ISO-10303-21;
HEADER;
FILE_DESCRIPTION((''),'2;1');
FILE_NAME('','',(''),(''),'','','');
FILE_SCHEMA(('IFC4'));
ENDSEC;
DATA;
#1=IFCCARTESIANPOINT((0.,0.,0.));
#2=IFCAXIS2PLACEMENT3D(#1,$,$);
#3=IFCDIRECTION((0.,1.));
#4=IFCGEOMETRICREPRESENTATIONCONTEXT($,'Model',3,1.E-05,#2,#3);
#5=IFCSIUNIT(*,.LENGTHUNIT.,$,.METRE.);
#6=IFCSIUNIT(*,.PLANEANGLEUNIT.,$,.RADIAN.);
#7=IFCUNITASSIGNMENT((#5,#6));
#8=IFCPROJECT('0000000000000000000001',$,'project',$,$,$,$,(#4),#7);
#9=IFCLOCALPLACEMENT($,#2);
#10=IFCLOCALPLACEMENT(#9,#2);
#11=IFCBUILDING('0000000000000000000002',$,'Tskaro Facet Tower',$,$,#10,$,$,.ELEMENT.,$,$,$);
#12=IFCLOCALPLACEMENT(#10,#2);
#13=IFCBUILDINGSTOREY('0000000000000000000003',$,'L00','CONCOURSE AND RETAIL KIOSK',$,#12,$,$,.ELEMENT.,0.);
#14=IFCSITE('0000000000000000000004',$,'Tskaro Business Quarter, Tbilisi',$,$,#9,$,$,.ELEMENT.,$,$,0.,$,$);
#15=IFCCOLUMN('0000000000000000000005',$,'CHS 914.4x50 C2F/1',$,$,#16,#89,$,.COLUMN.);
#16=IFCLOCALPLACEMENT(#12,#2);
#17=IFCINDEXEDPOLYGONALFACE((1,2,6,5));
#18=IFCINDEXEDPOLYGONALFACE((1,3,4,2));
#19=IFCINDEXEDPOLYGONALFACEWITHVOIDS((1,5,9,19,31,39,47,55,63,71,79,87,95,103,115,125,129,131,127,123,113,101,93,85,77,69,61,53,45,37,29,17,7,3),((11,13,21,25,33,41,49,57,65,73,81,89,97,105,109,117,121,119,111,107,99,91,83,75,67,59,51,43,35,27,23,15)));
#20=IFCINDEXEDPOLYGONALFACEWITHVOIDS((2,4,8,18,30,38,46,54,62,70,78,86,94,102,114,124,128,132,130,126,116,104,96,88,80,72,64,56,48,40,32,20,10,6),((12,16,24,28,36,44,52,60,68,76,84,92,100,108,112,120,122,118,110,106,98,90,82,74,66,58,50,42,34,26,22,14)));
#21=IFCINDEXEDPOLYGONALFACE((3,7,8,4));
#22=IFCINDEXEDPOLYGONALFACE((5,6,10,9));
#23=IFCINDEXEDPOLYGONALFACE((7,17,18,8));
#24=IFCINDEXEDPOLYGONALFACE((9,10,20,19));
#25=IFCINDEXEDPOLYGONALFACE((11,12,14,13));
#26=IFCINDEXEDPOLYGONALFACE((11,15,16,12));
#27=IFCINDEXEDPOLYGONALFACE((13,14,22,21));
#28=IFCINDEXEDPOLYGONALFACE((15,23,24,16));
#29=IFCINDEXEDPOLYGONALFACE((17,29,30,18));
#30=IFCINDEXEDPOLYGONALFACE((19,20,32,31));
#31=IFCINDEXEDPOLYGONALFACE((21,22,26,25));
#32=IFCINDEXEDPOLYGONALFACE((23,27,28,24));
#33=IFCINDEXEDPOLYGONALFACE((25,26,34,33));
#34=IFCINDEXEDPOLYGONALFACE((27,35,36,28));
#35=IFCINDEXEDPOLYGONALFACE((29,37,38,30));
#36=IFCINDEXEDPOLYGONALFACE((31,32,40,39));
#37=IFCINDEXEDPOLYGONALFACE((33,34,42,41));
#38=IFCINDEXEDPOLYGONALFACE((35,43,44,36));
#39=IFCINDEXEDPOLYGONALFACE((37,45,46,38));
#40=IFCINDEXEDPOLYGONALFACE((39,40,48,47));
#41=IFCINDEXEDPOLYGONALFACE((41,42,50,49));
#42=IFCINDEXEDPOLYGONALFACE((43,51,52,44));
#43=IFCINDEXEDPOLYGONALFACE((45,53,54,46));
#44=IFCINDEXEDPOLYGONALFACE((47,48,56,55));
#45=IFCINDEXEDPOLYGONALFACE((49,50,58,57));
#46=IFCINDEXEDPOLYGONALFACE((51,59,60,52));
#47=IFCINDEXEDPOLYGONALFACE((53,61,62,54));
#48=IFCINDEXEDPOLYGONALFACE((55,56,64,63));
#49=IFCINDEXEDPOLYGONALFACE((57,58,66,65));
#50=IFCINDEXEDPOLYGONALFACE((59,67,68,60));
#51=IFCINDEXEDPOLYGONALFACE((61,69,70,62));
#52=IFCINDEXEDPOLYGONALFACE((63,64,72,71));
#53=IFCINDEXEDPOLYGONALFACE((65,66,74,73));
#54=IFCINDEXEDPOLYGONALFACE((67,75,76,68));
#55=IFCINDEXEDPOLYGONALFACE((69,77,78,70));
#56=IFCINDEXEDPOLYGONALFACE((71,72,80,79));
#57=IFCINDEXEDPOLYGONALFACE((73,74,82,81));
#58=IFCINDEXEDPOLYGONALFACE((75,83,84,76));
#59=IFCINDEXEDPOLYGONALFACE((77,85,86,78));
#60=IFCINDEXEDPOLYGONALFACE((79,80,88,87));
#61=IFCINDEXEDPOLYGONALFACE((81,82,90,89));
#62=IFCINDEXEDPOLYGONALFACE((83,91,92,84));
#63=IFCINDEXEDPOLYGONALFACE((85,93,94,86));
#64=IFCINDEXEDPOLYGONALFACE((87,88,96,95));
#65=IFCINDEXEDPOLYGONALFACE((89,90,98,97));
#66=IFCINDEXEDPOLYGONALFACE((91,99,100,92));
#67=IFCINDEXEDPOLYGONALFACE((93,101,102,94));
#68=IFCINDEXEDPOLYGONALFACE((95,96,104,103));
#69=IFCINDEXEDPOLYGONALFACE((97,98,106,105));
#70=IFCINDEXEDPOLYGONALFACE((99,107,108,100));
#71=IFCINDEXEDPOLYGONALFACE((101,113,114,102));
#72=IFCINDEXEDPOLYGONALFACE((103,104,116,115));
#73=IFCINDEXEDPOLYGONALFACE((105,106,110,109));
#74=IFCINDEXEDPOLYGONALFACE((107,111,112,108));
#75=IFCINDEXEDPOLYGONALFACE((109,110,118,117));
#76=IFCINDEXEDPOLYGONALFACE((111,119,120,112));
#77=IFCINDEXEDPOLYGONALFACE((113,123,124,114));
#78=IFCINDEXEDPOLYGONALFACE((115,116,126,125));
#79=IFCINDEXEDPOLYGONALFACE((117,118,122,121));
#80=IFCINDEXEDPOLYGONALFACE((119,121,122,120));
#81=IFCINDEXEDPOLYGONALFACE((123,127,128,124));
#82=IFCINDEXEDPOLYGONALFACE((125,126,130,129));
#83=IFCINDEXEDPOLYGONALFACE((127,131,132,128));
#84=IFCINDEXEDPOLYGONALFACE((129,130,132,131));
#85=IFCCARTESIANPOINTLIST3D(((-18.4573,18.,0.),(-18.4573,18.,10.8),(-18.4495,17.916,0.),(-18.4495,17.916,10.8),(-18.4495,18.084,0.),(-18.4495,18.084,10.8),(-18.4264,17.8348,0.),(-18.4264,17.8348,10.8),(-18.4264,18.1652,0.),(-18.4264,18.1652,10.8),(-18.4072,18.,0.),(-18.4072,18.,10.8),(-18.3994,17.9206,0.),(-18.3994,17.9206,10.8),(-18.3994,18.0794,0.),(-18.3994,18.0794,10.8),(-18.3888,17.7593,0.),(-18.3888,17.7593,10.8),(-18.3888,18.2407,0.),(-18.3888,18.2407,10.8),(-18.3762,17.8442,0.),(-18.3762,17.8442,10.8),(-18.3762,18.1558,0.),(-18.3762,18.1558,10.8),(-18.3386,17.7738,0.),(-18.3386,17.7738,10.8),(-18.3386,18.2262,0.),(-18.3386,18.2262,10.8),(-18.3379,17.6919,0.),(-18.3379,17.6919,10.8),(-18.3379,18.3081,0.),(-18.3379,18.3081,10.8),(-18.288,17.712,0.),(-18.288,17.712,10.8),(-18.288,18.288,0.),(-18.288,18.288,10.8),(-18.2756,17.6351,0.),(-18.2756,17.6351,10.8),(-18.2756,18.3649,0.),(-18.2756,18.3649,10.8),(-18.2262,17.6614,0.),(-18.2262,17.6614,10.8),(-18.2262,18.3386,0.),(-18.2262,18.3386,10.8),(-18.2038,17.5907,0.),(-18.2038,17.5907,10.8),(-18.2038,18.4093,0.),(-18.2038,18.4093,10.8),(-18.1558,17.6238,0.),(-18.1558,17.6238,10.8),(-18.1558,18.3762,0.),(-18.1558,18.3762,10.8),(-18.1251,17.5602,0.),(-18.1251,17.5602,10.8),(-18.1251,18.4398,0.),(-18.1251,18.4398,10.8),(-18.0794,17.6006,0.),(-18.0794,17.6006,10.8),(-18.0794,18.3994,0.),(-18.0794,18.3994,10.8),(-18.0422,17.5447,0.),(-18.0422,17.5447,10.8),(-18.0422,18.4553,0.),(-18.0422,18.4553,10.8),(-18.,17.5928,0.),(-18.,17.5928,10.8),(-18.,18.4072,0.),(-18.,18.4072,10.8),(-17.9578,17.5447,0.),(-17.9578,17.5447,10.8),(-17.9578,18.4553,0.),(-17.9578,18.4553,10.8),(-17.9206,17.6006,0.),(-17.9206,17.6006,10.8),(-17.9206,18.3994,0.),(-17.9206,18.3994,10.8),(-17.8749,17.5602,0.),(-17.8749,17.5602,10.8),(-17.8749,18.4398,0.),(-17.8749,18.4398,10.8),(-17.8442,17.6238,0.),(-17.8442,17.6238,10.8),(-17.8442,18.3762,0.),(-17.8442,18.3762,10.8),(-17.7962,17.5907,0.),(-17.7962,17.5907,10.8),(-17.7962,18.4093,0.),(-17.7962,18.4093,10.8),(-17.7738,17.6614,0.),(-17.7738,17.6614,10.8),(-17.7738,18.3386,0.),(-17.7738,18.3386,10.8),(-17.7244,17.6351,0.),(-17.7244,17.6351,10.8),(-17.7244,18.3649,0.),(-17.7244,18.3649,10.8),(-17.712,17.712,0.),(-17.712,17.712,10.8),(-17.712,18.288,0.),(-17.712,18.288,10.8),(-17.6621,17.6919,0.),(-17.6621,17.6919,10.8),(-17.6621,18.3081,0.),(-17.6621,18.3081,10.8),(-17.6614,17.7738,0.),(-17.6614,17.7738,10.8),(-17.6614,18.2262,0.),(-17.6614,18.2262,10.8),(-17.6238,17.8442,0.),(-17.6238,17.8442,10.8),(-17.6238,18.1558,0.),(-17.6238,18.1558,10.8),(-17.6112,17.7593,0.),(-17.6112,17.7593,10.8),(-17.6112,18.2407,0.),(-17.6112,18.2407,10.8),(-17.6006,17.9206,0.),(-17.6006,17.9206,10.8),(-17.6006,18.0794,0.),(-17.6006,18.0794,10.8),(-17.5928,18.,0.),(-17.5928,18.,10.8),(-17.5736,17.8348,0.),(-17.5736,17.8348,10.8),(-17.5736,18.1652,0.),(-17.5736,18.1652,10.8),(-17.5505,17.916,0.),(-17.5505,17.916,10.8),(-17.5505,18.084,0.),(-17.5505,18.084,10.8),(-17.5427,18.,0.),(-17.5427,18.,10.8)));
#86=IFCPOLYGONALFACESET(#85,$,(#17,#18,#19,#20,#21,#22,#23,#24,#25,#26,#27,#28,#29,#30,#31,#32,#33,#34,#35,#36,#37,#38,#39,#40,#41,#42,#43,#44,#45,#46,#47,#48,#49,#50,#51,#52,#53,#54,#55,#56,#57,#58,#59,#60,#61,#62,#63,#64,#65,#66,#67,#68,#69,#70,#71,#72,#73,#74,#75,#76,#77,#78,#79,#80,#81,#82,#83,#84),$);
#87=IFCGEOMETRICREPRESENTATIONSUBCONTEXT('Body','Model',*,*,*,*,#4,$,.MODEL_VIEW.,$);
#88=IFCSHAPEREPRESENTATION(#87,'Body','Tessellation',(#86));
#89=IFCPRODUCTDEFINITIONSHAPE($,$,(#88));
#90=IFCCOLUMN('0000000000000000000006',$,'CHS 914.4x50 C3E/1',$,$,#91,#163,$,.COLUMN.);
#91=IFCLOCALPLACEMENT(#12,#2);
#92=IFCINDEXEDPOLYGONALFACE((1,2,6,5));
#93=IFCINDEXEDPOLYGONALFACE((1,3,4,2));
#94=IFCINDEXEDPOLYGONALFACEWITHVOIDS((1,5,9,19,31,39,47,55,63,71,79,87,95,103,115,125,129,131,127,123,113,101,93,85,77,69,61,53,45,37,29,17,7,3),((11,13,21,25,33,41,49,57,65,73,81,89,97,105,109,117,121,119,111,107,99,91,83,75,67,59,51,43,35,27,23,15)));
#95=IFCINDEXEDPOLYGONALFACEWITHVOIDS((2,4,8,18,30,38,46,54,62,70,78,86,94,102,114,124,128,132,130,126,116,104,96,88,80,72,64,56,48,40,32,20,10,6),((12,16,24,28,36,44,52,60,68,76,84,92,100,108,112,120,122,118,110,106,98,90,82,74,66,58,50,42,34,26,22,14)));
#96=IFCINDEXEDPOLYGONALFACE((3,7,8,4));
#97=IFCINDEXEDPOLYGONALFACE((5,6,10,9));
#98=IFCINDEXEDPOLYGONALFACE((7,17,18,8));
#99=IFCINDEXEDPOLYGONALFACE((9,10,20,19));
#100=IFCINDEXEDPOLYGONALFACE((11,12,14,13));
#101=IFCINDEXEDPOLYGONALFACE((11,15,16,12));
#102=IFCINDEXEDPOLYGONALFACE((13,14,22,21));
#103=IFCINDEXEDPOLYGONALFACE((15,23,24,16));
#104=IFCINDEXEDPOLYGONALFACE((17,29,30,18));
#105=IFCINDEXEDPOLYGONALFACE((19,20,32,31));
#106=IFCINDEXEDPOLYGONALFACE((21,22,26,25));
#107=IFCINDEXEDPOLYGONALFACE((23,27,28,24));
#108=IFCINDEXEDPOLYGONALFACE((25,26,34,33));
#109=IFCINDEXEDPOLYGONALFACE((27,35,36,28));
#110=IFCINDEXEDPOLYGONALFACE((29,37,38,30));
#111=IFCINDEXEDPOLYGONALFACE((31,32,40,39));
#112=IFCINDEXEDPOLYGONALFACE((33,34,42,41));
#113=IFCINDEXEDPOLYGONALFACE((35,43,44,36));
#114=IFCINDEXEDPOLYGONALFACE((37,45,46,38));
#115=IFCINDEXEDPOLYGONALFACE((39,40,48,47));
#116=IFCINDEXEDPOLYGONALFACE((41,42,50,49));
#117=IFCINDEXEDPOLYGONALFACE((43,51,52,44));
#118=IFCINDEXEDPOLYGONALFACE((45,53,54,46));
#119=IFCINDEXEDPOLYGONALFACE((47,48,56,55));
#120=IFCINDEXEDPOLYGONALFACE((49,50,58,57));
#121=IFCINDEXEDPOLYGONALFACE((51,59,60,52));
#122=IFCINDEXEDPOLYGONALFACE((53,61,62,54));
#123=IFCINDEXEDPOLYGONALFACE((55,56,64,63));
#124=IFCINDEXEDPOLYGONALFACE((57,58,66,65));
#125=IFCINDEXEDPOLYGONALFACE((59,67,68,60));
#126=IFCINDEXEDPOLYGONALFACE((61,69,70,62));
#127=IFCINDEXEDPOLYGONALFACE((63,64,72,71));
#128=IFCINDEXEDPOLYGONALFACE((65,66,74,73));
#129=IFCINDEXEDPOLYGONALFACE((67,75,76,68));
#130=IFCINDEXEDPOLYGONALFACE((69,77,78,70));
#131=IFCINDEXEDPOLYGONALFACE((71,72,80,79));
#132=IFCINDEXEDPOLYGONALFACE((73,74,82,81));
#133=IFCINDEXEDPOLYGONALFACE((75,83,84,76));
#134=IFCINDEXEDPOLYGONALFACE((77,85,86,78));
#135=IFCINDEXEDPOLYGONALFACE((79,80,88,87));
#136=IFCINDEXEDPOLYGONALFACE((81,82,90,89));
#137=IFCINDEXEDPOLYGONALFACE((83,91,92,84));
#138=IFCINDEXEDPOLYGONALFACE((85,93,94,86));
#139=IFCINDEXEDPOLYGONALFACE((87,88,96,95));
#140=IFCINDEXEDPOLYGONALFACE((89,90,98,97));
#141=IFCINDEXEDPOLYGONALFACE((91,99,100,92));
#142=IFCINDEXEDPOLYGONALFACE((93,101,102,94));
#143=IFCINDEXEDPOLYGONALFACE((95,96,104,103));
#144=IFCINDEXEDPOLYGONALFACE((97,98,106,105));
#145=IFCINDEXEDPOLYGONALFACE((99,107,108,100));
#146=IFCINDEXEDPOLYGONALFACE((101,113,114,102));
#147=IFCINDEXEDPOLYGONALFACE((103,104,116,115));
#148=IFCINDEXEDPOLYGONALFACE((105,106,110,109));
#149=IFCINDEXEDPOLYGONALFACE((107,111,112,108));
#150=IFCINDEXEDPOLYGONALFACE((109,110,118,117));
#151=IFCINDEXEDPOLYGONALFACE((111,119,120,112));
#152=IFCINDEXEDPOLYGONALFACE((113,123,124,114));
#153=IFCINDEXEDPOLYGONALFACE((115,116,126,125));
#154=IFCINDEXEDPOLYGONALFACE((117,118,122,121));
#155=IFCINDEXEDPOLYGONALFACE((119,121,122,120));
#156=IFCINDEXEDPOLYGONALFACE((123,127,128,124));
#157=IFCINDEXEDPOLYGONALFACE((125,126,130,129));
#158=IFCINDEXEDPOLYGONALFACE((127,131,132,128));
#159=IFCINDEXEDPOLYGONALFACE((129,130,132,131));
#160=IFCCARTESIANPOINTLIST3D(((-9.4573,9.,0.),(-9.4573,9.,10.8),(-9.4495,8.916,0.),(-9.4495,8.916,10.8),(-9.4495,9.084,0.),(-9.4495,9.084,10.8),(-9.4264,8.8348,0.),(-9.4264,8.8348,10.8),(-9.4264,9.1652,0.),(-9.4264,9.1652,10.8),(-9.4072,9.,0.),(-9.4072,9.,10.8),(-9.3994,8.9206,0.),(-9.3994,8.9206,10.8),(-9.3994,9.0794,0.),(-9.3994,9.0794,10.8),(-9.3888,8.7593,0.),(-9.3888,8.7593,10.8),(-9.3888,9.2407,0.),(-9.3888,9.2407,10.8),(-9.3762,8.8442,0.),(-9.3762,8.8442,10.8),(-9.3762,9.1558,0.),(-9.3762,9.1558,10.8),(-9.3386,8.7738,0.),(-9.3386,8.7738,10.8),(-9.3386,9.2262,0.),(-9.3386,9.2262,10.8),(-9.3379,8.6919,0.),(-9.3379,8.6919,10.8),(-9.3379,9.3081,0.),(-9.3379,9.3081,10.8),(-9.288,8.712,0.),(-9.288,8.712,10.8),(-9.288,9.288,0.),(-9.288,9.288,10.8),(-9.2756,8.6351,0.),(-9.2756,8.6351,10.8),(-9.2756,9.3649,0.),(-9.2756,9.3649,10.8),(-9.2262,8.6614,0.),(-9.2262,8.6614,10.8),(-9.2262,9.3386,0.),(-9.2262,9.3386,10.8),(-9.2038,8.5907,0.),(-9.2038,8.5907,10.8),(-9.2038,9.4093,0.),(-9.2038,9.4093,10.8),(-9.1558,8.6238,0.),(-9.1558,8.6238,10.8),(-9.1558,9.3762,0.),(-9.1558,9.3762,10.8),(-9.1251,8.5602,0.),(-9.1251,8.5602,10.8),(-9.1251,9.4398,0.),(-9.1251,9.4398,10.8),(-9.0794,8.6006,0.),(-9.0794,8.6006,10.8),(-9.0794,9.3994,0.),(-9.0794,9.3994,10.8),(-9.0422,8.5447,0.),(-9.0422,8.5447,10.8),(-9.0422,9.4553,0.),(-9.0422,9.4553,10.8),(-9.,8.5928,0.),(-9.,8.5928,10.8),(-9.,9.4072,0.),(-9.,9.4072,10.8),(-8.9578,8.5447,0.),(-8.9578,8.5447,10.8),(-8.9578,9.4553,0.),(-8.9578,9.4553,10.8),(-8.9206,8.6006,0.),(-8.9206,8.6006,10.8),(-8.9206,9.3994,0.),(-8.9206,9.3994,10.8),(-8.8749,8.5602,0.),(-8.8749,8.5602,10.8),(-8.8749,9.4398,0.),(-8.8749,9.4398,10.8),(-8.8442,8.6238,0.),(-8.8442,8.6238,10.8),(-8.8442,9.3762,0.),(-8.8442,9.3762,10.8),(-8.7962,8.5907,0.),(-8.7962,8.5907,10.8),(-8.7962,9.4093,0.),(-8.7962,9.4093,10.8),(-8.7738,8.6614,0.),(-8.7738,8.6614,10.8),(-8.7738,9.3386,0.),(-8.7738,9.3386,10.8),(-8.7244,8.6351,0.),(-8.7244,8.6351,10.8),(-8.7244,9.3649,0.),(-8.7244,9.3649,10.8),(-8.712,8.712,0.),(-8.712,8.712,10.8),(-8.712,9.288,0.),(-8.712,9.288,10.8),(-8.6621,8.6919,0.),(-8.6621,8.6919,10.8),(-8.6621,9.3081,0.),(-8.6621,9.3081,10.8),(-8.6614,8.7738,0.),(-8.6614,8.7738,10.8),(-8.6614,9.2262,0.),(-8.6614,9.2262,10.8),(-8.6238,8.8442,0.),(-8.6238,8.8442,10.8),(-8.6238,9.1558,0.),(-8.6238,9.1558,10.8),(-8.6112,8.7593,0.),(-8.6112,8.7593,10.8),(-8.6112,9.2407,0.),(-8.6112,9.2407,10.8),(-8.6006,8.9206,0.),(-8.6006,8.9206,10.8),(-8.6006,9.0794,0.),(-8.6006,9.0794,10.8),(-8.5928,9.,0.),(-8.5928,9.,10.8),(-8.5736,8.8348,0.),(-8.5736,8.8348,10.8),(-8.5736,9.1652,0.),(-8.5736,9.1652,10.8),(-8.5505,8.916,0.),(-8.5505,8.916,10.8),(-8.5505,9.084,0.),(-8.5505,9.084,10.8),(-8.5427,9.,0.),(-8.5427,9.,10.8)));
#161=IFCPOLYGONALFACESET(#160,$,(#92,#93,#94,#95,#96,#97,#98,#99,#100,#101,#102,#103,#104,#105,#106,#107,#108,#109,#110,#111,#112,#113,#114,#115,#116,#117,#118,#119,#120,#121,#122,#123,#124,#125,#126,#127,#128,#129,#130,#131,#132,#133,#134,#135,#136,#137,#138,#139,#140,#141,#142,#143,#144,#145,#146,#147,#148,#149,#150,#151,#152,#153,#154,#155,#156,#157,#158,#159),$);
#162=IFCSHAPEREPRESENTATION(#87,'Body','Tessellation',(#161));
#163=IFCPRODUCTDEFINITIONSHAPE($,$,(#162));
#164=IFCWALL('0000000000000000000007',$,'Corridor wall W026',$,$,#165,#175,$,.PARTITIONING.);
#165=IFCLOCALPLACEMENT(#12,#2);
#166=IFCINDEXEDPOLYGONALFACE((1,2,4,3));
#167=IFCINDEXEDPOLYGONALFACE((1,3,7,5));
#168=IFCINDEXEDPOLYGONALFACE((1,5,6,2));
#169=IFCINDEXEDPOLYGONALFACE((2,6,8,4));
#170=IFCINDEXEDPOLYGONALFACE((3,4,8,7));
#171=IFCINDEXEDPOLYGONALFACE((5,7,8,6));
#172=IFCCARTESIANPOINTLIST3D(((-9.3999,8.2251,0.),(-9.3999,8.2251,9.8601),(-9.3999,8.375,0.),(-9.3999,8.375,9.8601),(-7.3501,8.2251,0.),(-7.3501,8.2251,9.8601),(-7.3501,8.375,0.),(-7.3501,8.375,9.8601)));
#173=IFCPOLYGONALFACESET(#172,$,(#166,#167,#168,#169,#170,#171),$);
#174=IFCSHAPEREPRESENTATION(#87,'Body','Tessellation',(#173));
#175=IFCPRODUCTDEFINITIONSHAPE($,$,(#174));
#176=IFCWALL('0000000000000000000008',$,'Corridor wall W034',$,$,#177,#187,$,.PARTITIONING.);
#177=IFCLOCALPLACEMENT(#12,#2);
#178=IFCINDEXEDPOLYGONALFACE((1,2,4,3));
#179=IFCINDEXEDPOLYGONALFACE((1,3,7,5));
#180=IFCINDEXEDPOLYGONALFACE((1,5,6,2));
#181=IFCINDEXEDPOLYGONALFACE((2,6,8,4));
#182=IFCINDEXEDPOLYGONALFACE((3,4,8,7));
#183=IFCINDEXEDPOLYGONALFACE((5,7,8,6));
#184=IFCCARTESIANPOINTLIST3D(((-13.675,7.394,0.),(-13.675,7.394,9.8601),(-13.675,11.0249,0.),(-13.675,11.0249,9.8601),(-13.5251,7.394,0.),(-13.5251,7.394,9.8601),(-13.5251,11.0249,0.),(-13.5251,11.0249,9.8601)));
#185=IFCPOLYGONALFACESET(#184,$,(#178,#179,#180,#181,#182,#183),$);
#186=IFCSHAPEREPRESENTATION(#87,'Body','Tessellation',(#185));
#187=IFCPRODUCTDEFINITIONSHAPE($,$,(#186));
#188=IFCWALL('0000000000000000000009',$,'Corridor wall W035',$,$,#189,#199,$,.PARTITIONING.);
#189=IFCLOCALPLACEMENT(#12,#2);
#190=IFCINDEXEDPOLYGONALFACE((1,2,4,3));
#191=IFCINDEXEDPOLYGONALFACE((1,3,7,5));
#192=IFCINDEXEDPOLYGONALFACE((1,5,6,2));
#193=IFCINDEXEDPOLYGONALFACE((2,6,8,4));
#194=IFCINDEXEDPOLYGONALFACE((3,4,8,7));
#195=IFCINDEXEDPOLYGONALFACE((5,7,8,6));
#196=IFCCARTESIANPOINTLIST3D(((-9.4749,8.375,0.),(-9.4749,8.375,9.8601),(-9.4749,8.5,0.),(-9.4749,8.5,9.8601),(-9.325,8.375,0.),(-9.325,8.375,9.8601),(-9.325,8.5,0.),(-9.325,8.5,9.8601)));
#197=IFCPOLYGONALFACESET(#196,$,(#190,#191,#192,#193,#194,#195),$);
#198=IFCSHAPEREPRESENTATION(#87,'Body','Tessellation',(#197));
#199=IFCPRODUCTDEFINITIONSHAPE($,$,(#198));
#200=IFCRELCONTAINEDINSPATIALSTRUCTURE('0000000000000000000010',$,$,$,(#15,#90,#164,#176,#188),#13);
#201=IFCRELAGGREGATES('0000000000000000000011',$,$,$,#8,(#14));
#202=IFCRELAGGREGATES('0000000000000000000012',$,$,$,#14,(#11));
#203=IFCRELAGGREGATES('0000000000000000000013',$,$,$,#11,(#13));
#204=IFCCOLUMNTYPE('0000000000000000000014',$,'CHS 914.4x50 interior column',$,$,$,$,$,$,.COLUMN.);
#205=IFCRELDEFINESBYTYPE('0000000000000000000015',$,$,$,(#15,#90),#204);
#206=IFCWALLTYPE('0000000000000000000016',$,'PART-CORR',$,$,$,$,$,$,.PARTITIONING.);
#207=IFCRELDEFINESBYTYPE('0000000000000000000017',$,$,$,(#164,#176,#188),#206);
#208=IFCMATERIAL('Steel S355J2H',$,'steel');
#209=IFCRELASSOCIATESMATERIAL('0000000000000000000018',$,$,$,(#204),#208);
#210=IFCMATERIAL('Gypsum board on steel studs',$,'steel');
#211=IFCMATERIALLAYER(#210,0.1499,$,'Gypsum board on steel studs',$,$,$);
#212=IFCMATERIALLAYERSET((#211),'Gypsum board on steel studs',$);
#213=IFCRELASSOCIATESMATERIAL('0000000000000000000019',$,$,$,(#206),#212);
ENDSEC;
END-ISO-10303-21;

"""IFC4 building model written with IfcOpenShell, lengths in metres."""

from ifc_helpers import new_model, si_unit, direction, frame, frame_2d, origin, origin_2d, place, context, subcontext, project, spatial, rectangle, hollow_circle, extrude, material, layer, layer_set, material_profile, profile_set, type_object, element, save


model = new_model("IFC4")

# Units and contexts
model_context = context("Model", 3, precision=1e-05, world=origin(), true_north=direction((0.0, 1.0)))
body_context = subcontext(model_context, "Body", "Model", "MODEL_VIEW")
ifc_project = project(units=[si_unit("LENGTHUNIT", "METRE"), si_unit("PLANEANGLEUNIT", "RADIAN")], contexts=[model_context])

# Site, building, storey
site_placement = place(None, origin())
site = spatial("IfcSite", under=ifc_project, at=site_placement, Name="Tskaro Business Quarter, Tbilisi", CompositionType="ELEMENT", RefElevation=0.0)
building_placement = place(site_placement, origin())
building = spatial("IfcBuilding", under=site, at=building_placement, Name="Tskaro Facet Tower", CompositionType="ELEMENT")
storey_placement = place(building_placement, origin())
storey = spatial("IfcBuildingStorey", under=building, at=storey_placement, Name="L00", Description="CONCOURSE AND RETAIL KIOSK", CompositionType="ELEMENT", Elevation=0.0)

# Columns
ifc_material_1 = material(Name="Steel S355J2H", Category="steel")
ifc_material_profile_1 = material_profile(ifc_material_1, hollow_circle(Radius=0.4573, WallThickness=0.05, at=origin_2d()), Name="CHS 914.4x50")
ifc_profile_set_1 = profile_set([ifc_material_profile_1], Name="Steel S355J2H")
column_type_1 = type_object("IfcColumnType", Name="CHS 914.4x50 interior column", PredefinedType="COLUMN", material=ifc_profile_set_1)
for number, where, z_axis, x_axis, name in (
    (1, (-18.0, 18.0, 0.0), (0.0, 0.0, 1.0), (1.0, 0.0, 0.0), "CHS 914.4x50 C2F/1"),
    (2, (-9.0, 9.0, 0.0), (0.0, 0.0, 1.0), (1.0, 0.0, 0.0), "CHS 914.4x50 C3E/1"),
):
    element("IfcColumn", number, at=place(storey_placement, frame(where, z_axis=z_axis, x_axis=x_axis)), inside=storey, type_object=column_type_1, Name=name, PredefinedType="COLUMN", context=body_context, shape_type="SweptSolid", body=[
        extrude(hollow_circle(Radius=0.4573, WallThickness=0.05, at=origin_2d()), origin(), (0.0, 0.0, 1.0), 10.8),
    ])

# Walls
ifc_material_2 = material(Name="Gypsum board on steel studs", Category="steel")
ifc_layer = layer(ifc_material_2, 0.1499, Name="Gypsum board on steel studs")
ifc_layer_set = layer_set([ifc_layer], Name="Gypsum board on steel studs")
wall_type = type_object("IfcWallType", Name="PART-CORR", PredefinedType="PARTITIONING", material=ifc_layer_set)
wall_1_placement = place(storey_placement, frame((-9.3999, 8.3, 0.0), z_axis=(0.0, 0.0, 1.0), x_axis=(1.0, 0.0, 0.0)))
element("IfcWall", 3, at=wall_1_placement, inside=storey, type_object=wall_type, Name="Corridor wall W026", PredefinedType="PARTITIONING", context=body_context, shape_type="SweptSolid", body=[
    extrude(rectangle(XDim=2.0498, YDim=0.1499, at=frame_2d((1.0249, 0.0))), origin(), (0.0, 0.0, 1.0), 9.8601),
])
wall_2_placement = place(storey_placement, frame((-13.6001, 7.394, 0.0), z_axis=(0.0, 0.0, 1.0), x_axis=(0.0, 1.0, 0.0)))
element("IfcWall", 4, at=wall_2_placement, inside=storey, type_object=wall_type, Name="Corridor wall W034", PredefinedType="PARTITIONING", context=body_context, shape_type="SweptSolid", body=[
    extrude(rectangle(XDim=3.6309, YDim=0.1499, at=frame_2d((1.8154, 0.0))), origin(), (0.0, 0.0, 1.0), 9.8601),
])
wall_3_placement = place(storey_placement, frame((-9.3999, 8.375, 0.0), z_axis=(0.0, 0.0, 1.0), x_axis=(0.0, 1.0, 0.0)))
element("IfcWall", 5, at=wall_3_placement, inside=storey, type_object=wall_type, Name="Corridor wall W035", PredefinedType="PARTITIONING", context=body_context, shape_type="SweptSolid", body=[
    extrude(rectangle(XDim=0.125, YDim=0.1499, at=frame_2d((0.0625, 0.0))), origin(), (0.0, 0.0, 1.0), 9.8601),
])

save(model, "model.ifc")
